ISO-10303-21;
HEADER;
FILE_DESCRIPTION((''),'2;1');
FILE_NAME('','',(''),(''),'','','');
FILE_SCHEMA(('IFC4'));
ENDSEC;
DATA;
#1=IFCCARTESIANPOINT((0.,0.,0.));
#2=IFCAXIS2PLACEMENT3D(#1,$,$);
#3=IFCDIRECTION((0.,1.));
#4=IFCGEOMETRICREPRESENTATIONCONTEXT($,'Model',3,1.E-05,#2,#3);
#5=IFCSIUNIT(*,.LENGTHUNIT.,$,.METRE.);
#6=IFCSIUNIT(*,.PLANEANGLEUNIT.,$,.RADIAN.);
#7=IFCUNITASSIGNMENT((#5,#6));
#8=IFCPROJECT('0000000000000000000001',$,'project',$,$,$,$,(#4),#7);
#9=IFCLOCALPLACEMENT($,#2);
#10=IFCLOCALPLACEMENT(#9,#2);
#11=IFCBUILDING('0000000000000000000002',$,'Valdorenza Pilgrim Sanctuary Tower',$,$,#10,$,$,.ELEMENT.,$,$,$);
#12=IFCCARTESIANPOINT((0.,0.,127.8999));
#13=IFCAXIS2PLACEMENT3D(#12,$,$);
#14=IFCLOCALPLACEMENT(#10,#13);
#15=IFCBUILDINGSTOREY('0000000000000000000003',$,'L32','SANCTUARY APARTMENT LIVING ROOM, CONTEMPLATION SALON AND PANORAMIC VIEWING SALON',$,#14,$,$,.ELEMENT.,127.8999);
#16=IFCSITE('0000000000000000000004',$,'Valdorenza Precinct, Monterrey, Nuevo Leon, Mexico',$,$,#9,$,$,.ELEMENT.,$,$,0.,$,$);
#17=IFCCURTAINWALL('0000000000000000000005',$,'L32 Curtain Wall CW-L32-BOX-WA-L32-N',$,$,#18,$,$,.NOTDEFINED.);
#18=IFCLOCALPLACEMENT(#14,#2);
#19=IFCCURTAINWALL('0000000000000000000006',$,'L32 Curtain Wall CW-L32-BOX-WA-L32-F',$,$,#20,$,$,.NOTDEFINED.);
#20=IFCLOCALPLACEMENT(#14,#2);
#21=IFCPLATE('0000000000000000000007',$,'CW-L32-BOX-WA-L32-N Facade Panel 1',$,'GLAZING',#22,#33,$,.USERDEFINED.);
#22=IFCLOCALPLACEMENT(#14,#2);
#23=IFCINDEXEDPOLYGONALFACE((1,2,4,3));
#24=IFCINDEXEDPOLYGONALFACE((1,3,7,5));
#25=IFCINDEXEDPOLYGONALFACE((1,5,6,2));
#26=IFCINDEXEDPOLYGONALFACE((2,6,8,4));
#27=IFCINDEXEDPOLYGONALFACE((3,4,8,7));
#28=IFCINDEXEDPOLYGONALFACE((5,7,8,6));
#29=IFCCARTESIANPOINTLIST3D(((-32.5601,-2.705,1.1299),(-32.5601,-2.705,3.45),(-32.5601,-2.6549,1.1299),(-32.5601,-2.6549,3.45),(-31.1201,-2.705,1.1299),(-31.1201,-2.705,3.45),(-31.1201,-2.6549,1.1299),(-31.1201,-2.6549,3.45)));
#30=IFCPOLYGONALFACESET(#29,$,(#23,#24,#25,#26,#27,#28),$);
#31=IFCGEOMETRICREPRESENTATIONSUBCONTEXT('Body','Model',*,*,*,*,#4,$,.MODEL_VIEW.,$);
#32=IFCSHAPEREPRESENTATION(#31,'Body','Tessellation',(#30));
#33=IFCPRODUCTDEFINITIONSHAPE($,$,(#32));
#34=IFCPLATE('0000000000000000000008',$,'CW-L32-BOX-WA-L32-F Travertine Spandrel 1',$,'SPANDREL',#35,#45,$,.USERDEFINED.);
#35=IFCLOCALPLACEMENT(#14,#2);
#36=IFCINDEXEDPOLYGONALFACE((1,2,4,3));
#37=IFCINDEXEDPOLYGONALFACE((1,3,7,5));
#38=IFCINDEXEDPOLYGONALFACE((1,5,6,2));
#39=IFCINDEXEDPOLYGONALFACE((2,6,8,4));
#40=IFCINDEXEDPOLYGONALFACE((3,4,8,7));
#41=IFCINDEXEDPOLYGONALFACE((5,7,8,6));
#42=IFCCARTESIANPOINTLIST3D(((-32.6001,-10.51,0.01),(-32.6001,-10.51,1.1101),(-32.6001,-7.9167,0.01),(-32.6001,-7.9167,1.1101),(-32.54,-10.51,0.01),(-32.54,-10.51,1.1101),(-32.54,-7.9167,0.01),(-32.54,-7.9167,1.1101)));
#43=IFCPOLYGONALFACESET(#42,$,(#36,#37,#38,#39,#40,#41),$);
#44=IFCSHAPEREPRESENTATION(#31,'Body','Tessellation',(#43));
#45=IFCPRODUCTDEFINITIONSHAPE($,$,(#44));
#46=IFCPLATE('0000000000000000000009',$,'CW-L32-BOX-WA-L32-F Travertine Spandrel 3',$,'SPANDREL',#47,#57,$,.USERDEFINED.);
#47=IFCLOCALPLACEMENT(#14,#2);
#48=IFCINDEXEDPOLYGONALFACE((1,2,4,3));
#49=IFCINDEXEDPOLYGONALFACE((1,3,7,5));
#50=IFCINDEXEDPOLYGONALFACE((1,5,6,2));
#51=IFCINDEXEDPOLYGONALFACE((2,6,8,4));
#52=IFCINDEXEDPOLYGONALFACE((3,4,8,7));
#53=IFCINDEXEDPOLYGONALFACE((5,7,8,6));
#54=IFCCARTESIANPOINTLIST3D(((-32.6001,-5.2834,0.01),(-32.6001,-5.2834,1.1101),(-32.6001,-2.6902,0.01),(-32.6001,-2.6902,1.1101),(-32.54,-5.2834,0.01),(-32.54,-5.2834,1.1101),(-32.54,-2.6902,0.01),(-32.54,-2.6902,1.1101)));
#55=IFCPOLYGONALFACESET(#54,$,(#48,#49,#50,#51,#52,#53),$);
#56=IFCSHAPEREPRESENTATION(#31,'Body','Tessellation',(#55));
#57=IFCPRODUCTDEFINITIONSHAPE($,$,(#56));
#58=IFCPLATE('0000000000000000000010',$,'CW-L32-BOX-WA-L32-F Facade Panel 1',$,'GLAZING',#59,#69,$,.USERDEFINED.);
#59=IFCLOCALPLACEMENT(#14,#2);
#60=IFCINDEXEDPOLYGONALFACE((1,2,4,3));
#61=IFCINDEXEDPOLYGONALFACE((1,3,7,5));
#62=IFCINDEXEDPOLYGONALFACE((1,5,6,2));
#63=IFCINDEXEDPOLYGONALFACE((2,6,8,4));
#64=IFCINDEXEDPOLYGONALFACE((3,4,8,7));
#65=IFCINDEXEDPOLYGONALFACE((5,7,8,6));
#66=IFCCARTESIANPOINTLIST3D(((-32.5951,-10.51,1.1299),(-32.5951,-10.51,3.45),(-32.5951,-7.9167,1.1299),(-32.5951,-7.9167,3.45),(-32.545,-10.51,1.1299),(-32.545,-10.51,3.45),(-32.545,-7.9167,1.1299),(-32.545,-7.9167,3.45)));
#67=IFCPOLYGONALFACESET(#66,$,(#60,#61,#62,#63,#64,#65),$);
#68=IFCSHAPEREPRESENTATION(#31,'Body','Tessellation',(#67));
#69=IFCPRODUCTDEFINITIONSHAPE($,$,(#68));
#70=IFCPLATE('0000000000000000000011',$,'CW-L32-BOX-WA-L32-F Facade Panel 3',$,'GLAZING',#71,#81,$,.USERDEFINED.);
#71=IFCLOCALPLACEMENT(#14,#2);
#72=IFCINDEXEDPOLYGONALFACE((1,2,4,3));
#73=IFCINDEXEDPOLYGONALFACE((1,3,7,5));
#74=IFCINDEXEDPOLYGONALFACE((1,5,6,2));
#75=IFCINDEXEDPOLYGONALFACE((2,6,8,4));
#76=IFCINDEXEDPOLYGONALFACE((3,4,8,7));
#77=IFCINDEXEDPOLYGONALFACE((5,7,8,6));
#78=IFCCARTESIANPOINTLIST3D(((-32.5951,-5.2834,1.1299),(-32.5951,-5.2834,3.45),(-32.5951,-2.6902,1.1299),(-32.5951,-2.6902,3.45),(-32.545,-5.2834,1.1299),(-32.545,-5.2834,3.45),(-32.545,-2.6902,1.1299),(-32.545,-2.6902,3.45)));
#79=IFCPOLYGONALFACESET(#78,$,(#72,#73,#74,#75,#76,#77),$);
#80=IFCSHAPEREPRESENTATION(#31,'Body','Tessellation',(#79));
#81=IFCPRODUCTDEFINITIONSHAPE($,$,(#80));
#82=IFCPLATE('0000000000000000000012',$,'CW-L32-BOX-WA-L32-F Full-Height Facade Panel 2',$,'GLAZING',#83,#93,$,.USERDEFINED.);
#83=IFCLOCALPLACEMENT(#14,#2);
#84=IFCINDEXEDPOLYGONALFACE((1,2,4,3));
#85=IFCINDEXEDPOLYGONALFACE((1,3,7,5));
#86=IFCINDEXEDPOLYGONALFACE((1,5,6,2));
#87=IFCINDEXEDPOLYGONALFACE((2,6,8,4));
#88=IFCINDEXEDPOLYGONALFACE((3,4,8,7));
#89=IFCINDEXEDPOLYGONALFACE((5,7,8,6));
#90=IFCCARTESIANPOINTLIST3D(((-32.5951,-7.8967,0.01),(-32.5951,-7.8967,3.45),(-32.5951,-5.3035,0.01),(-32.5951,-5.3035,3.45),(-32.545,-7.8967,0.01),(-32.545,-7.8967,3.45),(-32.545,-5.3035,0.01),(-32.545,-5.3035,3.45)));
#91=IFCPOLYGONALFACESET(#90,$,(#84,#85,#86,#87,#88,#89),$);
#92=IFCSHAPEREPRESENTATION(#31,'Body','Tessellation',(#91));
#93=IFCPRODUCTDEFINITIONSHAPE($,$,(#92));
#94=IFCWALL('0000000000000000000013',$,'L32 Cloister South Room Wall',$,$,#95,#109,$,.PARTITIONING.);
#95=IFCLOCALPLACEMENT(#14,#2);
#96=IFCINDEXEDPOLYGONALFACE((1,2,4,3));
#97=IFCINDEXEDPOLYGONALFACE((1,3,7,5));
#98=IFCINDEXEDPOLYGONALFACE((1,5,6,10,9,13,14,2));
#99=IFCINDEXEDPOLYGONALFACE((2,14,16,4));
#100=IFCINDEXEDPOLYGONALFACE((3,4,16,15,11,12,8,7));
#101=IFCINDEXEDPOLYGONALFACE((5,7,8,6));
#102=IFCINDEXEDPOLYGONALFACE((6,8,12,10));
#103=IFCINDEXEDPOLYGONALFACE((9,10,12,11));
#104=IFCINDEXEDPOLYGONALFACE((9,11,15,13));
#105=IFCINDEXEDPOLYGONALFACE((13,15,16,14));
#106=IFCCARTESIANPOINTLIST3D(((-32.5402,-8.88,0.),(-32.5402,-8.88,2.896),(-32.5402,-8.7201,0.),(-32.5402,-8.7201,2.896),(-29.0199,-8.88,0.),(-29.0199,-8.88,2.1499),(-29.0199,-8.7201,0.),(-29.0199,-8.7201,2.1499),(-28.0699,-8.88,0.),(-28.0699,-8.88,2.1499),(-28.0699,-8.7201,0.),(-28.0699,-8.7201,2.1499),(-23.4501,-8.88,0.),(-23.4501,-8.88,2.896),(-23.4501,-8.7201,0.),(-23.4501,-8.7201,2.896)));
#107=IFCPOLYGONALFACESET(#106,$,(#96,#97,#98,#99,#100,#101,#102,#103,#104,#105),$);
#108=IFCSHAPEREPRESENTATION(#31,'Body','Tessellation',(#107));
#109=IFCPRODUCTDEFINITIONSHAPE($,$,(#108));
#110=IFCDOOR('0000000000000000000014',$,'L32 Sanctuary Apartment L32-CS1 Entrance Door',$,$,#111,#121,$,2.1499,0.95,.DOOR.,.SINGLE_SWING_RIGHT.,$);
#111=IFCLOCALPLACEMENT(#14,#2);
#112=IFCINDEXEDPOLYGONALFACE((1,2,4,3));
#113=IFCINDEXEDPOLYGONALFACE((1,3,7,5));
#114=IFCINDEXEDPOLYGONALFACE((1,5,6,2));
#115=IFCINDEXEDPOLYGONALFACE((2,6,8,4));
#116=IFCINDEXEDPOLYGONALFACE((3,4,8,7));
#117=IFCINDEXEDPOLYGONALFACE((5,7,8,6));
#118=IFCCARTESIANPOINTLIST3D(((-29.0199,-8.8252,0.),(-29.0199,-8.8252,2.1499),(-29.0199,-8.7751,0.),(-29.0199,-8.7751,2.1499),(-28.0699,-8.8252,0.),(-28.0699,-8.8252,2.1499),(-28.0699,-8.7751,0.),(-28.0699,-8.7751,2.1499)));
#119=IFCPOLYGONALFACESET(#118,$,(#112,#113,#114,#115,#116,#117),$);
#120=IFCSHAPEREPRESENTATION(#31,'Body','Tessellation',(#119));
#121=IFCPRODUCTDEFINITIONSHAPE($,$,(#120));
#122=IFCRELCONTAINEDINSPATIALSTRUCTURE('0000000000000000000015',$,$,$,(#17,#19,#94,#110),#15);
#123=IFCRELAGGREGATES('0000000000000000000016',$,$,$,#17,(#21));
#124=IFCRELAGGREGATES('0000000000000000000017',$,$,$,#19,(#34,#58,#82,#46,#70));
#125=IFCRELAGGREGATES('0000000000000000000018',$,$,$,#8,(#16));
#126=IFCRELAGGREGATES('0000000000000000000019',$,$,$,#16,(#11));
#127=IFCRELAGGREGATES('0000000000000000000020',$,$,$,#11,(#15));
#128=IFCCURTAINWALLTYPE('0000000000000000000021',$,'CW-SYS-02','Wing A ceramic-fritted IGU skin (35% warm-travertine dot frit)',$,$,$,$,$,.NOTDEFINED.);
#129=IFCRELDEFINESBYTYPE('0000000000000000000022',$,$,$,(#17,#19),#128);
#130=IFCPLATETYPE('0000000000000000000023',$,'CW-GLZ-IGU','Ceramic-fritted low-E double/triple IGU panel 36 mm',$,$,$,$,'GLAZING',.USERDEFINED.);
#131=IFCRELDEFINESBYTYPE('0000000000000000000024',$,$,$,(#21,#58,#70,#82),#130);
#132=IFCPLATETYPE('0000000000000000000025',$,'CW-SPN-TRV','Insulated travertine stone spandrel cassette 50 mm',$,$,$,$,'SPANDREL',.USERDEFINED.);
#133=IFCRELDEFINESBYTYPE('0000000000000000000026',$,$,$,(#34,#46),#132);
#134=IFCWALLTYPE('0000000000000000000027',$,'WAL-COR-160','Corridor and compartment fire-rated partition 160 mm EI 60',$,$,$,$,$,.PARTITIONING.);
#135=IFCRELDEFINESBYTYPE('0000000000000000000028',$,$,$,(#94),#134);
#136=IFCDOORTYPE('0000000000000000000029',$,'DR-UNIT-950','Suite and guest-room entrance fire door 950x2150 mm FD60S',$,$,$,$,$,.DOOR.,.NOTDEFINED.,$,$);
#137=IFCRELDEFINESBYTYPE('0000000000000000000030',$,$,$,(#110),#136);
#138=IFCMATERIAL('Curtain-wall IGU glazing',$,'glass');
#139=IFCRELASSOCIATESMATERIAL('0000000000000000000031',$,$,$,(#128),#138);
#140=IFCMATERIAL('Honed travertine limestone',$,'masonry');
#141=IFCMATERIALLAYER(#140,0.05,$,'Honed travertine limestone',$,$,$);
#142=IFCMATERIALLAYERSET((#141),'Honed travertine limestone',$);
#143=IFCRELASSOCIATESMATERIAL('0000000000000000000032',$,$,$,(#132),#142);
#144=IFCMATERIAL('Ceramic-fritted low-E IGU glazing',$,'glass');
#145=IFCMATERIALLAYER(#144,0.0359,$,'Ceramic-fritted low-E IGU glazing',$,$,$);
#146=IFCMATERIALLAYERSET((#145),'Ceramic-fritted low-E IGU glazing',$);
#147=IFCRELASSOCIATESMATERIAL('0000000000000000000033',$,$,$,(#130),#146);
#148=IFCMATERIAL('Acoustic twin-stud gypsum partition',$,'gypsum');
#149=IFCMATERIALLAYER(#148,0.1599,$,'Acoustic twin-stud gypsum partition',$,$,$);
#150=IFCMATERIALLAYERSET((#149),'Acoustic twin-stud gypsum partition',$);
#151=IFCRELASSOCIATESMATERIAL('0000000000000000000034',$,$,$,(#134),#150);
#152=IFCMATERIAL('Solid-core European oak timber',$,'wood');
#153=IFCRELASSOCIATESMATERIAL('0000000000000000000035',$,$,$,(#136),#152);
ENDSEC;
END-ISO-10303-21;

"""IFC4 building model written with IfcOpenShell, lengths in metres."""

from ifc_helpers import new_model, si_unit, direction, frame, frame_2d, origin, origin_2d, place, context, subcontext, project, spatial, rectangle, extrude, source, transform, mapped, material, layer, layer_set, type_object, element, fill, aggregate, save


model = new_model("IFC4")

# Units and contexts
model_context = context("Model", 3, precision=1e-05, world=origin(), true_north=direction((0.0, 1.0)))
body_context = subcontext(model_context, "Body", "Model", "MODEL_VIEW")
ifc_project = project(units=[si_unit("LENGTHUNIT", "METRE"), si_unit("PLANEANGLEUNIT", "RADIAN")], contexts=[model_context])

# Site, building, storey
site_placement = place(None, origin())
site = spatial("IfcSite", under=ifc_project, at=site_placement, Name="Valdorenza Precinct, Monterrey, Nuevo Leon, Mexico", CompositionType="ELEMENT", RefElevation=0.0)
building_placement = place(site_placement, origin())
building = spatial("IfcBuilding", under=site, at=building_placement, Name="Valdorenza Pilgrim Sanctuary Tower", CompositionType="ELEMENT")
storey_placement = place(building_placement, frame((0.0, 0.0, 127.8999)))
storey = spatial("IfcBuildingStorey", under=building, at=storey_placement, Name="L32", Description="SANCTUARY APARTMENT LIVING ROOM, CONTEMPLATION SALON AND PANORAMIC VIEWING SALON", CompositionType="ELEMENT", Elevation=127.8999)

# Curtain wall
ifc_material_1 = material(Name="Curtain-wall IGU glazing", Category="glass")
curtain_wall_type = type_object("IfcCurtainWallType", Name="CW-SYS-02", Description="Wing A ceramic-fritted IGU skin (35% warm-travertine dot frit)", PredefinedType="NOTDEFINED", material=ifc_material_1)
curtain_wall_1_placement = place(storey_placement, origin())
curtain_wall_1 = element("IfcCurtainWall", 1, at=curtain_wall_1_placement, inside=storey, type_object=curtain_wall_type, Name="L32 Curtain Wall CW-L32-BOX-WA-L32-N", PredefinedType="NOTDEFINED")

# Curtain wall
curtain_wall_2_placement = place(storey_placement, origin())
curtain_wall_2 = element("IfcCurtainWall", 2, at=curtain_wall_2_placement, inside=storey, type_object=curtain_wall_type, Name="L32 Curtain Wall CW-L32-BOX-WA-L32-F", PredefinedType="NOTDEFINED")

# Plates
ifc_material_2 = material(Name="Honed travertine limestone", Category="masonry")
ifc_layer_1 = layer(ifc_material_2, 0.05, Name="Honed travertine limestone")
ifc_layer_set_1 = layer_set([ifc_layer_1], Name="Honed travertine limestone")
plate_type_1 = type_object("IfcPlateType", Name="CW-SPN-TRV", Description="Insulated travertine stone spandrel cassette 50 mm", ElementType="SPANDREL", PredefinedType="USERDEFINED", material=ifc_layer_set_1)
ifc_material_3 = material(Name="Ceramic-fritted low-E IGU glazing", Category="glass")
ifc_layer_2 = layer(ifc_material_3, 0.0359, Name="Ceramic-fritted low-E IGU glazing")
ifc_layer_set_2 = layer_set([ifc_layer_2], Name="Ceramic-fritted low-E IGU glazing")
plate_type_2 = type_object("IfcPlateType", Name="CW-GLZ-IGU", Description="Ceramic-fritted low-E double/triple IGU panel 36 mm", ElementType="GLAZING", PredefinedType="USERDEFINED", material=ifc_layer_set_2)
shared_shape_1 = source(origin(), body_context, "Body", "SweptSolid", [
    extrude(rectangle(XDim=1.4399, YDim=0.05, at=origin_2d()), origin(), (0.0, 0.0, 1.0), 2.3201),
])
plate_1_placement = place(storey_placement, frame((-31.8401, -2.6799, 1.1299), z_axis=(0.0, 0.0, 1.0), x_axis=(1.0, 0.0, 0.0)))
plate_1 = element("IfcPlate", 3, at=plate_1_placement, type_object=plate_type_2, Name="CW-L32-BOX-WA-L32-N Facade Panel 1", ObjectType="GLAZING", PredefinedType="USERDEFINED", context=body_context, shape_type="MappedRepresentation", body=[
    mapped(shared_shape_1, transform((0.0, 0.0, 0.0), x_axis=(1.0, 0.0, 0.0), y_axis=(0.0, 1.0, 0.0), z_axis=(0.0, 0.0, 1.0), scale=1.0)),
])
aggregate(curtain_wall_1, [plate_1])
shared_shape_2 = source(origin(), body_context, "Body", "SweptSolid", [
    extrude(rectangle(XDim=2.5933, YDim=0.0601, at=origin_2d()), origin(), (0.0, 0.0, 1.0), 1.1001),
])
plate_2_placement = place(storey_placement, frame((-32.5701, -9.2134, 0.01), z_axis=(0.0, 0.0, 1.0), x_axis=(0.0, 1.0, 0.0)))
plate_2 = element("IfcPlate", 4, at=plate_2_placement, type_object=plate_type_1, Name="CW-L32-BOX-WA-L32-F Travertine Spandrel 1", ObjectType="SPANDREL", PredefinedType="USERDEFINED", context=body_context, shape_type="MappedRepresentation", body=[
    mapped(shared_shape_2, transform((0.0, 0.0, 0.0), x_axis=(1.0, 0.0, 0.0), y_axis=(0.0, 1.0, 0.0), z_axis=(0.0, 0.0, 1.0), scale=1.0)),
])
plate_3_placement = place(storey_placement, frame((-32.5701, -3.9868, 0.01), z_axis=(0.0, 0.0, 1.0), x_axis=(0.0, 1.0, 0.0)))
plate_3 = element("IfcPlate", 5, at=plate_3_placement, type_object=plate_type_1, Name="CW-L32-BOX-WA-L32-F Travertine Spandrel 3", ObjectType="SPANDREL", PredefinedType="USERDEFINED", context=body_context, shape_type="MappedRepresentation", body=[
    mapped(shared_shape_2, transform((0.0, 0.0, 0.0), x_axis=(1.0, 0.0, 0.0), y_axis=(0.0, 1.0, 0.0), z_axis=(0.0, 0.0, 1.0), scale=1.0)),
])
shared_shape_3 = source(origin(), body_context, "Body", "SweptSolid", [
    extrude(rectangle(XDim=2.5933, YDim=0.05, at=origin_2d()), origin(), (0.0, 0.0, 1.0), 2.3201),
])
plate_4_placement = place(storey_placement, frame((-32.5701, -9.2134, 1.1299), z_axis=(0.0, 0.0, 1.0), x_axis=(0.0, 1.0, 0.0)))
plate_4 = element("IfcPlate", 6, at=plate_4_placement, type_object=plate_type_2, Name="CW-L32-BOX-WA-L32-F Facade Panel 1", ObjectType="GLAZING", PredefinedType="USERDEFINED", context=body_context, shape_type="MappedRepresentation", body=[
    mapped(shared_shape_3, transform((0.0, 0.0, 0.0), x_axis=(1.0, 0.0, 0.0), y_axis=(0.0, 1.0, 0.0), z_axis=(0.0, 0.0, 1.0), scale=1.0)),
])
plate_5_placement = place(storey_placement, frame((-32.5701, -3.9868, 1.1299), z_axis=(0.0, 0.0, 1.0), x_axis=(0.0, 1.0, 0.0)))
plate_5 = element("IfcPlate", 7, at=plate_5_placement, type_object=plate_type_2, Name="CW-L32-BOX-WA-L32-F Facade Panel 3", ObjectType="GLAZING", PredefinedType="USERDEFINED", context=body_context, shape_type="MappedRepresentation", body=[
    mapped(shared_shape_3, transform((0.0, 0.0, 0.0), x_axis=(1.0, 0.0, 0.0), y_axis=(0.0, 1.0, 0.0), z_axis=(0.0, 0.0, 1.0), scale=1.0)),
])
shared_shape_4 = source(origin(), body_context, "Body", "SweptSolid", [
    extrude(rectangle(XDim=2.5933, YDim=0.05, at=origin_2d()), origin(), (0.0, 0.0, 1.0), 3.4399),
])
plate_6_placement = place(storey_placement, frame((-32.5701, -6.6001, 0.01), z_axis=(0.0, 0.0, 1.0), x_axis=(0.0, 1.0, 0.0)))
plate_6 = element("IfcPlate", 8, at=plate_6_placement, type_object=plate_type_2, Name="CW-L32-BOX-WA-L32-F Full-Height Facade Panel 2", ObjectType="GLAZING", PredefinedType="USERDEFINED", context=body_context, shape_type="MappedRepresentation", body=[
    mapped(shared_shape_4, transform((0.0, 0.0, 0.0), x_axis=(1.0, 0.0, 0.0), y_axis=(0.0, 1.0, 0.0), z_axis=(0.0, 0.0, 1.0), scale=1.0)),
])
aggregate(curtain_wall_2, [plate_2, plate_4, plate_6, plate_3, plate_5])

# Wall, opening, door
ifc_material_4 = material(Name="Acoustic twin-stud gypsum partition", Category="gypsum")
ifc_layer_3 = layer(ifc_material_4, 0.1599, Name="Acoustic twin-stud gypsum partition")
ifc_layer_set_3 = layer_set([ifc_layer_3], Name="Acoustic twin-stud gypsum partition")
wall_type = type_object("IfcWallType", Name="WAL-COR-160", Description="Corridor and compartment fire-rated partition 160 mm EI 60", PredefinedType="PARTITIONING", material=ifc_layer_set_3)
wall_placement = place(storey_placement, frame((-32.54, -8.8, 0.0), z_axis=(0.0, 0.0, 1.0), x_axis=(1.0, 0.0, 0.0)))
wall = element("IfcWall", 9, at=wall_placement, inside=storey, type_object=wall_type, Name="L32 Cloister South Room Wall", PredefinedType="PARTITIONING", context=body_context, shape_type="SweptSolid", body=[
    extrude(rectangle(XDim=9.0901, YDim=0.1599, at=frame_2d((4.5449, 0.0))), origin(), (0.0, 0.0, 1.0), 2.896),
])
opening_placement = place(wall_placement, frame((3.52, 0.0, 0.0)))
opening = element("IfcOpeningElement", 10, at=opening_placement, cuts=wall, PredefinedType="OPENING", context=body_context, shape_type="SweptSolid", body=[
    extrude(rectangle(XDim=0.95, YDim=2.1499, at=frame_2d((0.4751, 1.075))), frame((0.0, 0.0947, 0.0), z_axis=(0.0, -1.0, 0.0), x_axis=(1.0, 0.0, 0.0)), (0.0, 0.0, 1.0), 0.1897),
])
ifc_material_5 = material(Name="Solid-core European oak timber", Category="wood")
door_type = type_object("IfcDoorType", Name="DR-UNIT-950", Description="Suite and guest-room entrance fire door 950x2150 mm FD60S", OperationType="NOTDEFINED", PredefinedType="DOOR", material=ifc_material_5)
door_placement = place(opening_placement, origin())
door = element("IfcDoor", 11, at=door_placement, inside=storey, type_object=door_type, Name="L32 Sanctuary Apartment L32-CS1 Entrance Door", OperationType="SINGLE_SWING_RIGHT", OverallHeight=2.1499, OverallWidth=0.95, PredefinedType="DOOR", context=body_context, shape_type="SweptSolid", body=[
    extrude(rectangle(XDim=0.95, YDim=2.1499, at=frame_2d((0.4751, 1.075))), frame((0.0, 0.0249, 0.0), z_axis=(0.0, -1.0, 0.0), x_axis=(1.0, 0.0, 0.0)), (0.0, 0.0, 1.0), 0.05),
])
fill(opening, door)

save(model, "model.ifc")
